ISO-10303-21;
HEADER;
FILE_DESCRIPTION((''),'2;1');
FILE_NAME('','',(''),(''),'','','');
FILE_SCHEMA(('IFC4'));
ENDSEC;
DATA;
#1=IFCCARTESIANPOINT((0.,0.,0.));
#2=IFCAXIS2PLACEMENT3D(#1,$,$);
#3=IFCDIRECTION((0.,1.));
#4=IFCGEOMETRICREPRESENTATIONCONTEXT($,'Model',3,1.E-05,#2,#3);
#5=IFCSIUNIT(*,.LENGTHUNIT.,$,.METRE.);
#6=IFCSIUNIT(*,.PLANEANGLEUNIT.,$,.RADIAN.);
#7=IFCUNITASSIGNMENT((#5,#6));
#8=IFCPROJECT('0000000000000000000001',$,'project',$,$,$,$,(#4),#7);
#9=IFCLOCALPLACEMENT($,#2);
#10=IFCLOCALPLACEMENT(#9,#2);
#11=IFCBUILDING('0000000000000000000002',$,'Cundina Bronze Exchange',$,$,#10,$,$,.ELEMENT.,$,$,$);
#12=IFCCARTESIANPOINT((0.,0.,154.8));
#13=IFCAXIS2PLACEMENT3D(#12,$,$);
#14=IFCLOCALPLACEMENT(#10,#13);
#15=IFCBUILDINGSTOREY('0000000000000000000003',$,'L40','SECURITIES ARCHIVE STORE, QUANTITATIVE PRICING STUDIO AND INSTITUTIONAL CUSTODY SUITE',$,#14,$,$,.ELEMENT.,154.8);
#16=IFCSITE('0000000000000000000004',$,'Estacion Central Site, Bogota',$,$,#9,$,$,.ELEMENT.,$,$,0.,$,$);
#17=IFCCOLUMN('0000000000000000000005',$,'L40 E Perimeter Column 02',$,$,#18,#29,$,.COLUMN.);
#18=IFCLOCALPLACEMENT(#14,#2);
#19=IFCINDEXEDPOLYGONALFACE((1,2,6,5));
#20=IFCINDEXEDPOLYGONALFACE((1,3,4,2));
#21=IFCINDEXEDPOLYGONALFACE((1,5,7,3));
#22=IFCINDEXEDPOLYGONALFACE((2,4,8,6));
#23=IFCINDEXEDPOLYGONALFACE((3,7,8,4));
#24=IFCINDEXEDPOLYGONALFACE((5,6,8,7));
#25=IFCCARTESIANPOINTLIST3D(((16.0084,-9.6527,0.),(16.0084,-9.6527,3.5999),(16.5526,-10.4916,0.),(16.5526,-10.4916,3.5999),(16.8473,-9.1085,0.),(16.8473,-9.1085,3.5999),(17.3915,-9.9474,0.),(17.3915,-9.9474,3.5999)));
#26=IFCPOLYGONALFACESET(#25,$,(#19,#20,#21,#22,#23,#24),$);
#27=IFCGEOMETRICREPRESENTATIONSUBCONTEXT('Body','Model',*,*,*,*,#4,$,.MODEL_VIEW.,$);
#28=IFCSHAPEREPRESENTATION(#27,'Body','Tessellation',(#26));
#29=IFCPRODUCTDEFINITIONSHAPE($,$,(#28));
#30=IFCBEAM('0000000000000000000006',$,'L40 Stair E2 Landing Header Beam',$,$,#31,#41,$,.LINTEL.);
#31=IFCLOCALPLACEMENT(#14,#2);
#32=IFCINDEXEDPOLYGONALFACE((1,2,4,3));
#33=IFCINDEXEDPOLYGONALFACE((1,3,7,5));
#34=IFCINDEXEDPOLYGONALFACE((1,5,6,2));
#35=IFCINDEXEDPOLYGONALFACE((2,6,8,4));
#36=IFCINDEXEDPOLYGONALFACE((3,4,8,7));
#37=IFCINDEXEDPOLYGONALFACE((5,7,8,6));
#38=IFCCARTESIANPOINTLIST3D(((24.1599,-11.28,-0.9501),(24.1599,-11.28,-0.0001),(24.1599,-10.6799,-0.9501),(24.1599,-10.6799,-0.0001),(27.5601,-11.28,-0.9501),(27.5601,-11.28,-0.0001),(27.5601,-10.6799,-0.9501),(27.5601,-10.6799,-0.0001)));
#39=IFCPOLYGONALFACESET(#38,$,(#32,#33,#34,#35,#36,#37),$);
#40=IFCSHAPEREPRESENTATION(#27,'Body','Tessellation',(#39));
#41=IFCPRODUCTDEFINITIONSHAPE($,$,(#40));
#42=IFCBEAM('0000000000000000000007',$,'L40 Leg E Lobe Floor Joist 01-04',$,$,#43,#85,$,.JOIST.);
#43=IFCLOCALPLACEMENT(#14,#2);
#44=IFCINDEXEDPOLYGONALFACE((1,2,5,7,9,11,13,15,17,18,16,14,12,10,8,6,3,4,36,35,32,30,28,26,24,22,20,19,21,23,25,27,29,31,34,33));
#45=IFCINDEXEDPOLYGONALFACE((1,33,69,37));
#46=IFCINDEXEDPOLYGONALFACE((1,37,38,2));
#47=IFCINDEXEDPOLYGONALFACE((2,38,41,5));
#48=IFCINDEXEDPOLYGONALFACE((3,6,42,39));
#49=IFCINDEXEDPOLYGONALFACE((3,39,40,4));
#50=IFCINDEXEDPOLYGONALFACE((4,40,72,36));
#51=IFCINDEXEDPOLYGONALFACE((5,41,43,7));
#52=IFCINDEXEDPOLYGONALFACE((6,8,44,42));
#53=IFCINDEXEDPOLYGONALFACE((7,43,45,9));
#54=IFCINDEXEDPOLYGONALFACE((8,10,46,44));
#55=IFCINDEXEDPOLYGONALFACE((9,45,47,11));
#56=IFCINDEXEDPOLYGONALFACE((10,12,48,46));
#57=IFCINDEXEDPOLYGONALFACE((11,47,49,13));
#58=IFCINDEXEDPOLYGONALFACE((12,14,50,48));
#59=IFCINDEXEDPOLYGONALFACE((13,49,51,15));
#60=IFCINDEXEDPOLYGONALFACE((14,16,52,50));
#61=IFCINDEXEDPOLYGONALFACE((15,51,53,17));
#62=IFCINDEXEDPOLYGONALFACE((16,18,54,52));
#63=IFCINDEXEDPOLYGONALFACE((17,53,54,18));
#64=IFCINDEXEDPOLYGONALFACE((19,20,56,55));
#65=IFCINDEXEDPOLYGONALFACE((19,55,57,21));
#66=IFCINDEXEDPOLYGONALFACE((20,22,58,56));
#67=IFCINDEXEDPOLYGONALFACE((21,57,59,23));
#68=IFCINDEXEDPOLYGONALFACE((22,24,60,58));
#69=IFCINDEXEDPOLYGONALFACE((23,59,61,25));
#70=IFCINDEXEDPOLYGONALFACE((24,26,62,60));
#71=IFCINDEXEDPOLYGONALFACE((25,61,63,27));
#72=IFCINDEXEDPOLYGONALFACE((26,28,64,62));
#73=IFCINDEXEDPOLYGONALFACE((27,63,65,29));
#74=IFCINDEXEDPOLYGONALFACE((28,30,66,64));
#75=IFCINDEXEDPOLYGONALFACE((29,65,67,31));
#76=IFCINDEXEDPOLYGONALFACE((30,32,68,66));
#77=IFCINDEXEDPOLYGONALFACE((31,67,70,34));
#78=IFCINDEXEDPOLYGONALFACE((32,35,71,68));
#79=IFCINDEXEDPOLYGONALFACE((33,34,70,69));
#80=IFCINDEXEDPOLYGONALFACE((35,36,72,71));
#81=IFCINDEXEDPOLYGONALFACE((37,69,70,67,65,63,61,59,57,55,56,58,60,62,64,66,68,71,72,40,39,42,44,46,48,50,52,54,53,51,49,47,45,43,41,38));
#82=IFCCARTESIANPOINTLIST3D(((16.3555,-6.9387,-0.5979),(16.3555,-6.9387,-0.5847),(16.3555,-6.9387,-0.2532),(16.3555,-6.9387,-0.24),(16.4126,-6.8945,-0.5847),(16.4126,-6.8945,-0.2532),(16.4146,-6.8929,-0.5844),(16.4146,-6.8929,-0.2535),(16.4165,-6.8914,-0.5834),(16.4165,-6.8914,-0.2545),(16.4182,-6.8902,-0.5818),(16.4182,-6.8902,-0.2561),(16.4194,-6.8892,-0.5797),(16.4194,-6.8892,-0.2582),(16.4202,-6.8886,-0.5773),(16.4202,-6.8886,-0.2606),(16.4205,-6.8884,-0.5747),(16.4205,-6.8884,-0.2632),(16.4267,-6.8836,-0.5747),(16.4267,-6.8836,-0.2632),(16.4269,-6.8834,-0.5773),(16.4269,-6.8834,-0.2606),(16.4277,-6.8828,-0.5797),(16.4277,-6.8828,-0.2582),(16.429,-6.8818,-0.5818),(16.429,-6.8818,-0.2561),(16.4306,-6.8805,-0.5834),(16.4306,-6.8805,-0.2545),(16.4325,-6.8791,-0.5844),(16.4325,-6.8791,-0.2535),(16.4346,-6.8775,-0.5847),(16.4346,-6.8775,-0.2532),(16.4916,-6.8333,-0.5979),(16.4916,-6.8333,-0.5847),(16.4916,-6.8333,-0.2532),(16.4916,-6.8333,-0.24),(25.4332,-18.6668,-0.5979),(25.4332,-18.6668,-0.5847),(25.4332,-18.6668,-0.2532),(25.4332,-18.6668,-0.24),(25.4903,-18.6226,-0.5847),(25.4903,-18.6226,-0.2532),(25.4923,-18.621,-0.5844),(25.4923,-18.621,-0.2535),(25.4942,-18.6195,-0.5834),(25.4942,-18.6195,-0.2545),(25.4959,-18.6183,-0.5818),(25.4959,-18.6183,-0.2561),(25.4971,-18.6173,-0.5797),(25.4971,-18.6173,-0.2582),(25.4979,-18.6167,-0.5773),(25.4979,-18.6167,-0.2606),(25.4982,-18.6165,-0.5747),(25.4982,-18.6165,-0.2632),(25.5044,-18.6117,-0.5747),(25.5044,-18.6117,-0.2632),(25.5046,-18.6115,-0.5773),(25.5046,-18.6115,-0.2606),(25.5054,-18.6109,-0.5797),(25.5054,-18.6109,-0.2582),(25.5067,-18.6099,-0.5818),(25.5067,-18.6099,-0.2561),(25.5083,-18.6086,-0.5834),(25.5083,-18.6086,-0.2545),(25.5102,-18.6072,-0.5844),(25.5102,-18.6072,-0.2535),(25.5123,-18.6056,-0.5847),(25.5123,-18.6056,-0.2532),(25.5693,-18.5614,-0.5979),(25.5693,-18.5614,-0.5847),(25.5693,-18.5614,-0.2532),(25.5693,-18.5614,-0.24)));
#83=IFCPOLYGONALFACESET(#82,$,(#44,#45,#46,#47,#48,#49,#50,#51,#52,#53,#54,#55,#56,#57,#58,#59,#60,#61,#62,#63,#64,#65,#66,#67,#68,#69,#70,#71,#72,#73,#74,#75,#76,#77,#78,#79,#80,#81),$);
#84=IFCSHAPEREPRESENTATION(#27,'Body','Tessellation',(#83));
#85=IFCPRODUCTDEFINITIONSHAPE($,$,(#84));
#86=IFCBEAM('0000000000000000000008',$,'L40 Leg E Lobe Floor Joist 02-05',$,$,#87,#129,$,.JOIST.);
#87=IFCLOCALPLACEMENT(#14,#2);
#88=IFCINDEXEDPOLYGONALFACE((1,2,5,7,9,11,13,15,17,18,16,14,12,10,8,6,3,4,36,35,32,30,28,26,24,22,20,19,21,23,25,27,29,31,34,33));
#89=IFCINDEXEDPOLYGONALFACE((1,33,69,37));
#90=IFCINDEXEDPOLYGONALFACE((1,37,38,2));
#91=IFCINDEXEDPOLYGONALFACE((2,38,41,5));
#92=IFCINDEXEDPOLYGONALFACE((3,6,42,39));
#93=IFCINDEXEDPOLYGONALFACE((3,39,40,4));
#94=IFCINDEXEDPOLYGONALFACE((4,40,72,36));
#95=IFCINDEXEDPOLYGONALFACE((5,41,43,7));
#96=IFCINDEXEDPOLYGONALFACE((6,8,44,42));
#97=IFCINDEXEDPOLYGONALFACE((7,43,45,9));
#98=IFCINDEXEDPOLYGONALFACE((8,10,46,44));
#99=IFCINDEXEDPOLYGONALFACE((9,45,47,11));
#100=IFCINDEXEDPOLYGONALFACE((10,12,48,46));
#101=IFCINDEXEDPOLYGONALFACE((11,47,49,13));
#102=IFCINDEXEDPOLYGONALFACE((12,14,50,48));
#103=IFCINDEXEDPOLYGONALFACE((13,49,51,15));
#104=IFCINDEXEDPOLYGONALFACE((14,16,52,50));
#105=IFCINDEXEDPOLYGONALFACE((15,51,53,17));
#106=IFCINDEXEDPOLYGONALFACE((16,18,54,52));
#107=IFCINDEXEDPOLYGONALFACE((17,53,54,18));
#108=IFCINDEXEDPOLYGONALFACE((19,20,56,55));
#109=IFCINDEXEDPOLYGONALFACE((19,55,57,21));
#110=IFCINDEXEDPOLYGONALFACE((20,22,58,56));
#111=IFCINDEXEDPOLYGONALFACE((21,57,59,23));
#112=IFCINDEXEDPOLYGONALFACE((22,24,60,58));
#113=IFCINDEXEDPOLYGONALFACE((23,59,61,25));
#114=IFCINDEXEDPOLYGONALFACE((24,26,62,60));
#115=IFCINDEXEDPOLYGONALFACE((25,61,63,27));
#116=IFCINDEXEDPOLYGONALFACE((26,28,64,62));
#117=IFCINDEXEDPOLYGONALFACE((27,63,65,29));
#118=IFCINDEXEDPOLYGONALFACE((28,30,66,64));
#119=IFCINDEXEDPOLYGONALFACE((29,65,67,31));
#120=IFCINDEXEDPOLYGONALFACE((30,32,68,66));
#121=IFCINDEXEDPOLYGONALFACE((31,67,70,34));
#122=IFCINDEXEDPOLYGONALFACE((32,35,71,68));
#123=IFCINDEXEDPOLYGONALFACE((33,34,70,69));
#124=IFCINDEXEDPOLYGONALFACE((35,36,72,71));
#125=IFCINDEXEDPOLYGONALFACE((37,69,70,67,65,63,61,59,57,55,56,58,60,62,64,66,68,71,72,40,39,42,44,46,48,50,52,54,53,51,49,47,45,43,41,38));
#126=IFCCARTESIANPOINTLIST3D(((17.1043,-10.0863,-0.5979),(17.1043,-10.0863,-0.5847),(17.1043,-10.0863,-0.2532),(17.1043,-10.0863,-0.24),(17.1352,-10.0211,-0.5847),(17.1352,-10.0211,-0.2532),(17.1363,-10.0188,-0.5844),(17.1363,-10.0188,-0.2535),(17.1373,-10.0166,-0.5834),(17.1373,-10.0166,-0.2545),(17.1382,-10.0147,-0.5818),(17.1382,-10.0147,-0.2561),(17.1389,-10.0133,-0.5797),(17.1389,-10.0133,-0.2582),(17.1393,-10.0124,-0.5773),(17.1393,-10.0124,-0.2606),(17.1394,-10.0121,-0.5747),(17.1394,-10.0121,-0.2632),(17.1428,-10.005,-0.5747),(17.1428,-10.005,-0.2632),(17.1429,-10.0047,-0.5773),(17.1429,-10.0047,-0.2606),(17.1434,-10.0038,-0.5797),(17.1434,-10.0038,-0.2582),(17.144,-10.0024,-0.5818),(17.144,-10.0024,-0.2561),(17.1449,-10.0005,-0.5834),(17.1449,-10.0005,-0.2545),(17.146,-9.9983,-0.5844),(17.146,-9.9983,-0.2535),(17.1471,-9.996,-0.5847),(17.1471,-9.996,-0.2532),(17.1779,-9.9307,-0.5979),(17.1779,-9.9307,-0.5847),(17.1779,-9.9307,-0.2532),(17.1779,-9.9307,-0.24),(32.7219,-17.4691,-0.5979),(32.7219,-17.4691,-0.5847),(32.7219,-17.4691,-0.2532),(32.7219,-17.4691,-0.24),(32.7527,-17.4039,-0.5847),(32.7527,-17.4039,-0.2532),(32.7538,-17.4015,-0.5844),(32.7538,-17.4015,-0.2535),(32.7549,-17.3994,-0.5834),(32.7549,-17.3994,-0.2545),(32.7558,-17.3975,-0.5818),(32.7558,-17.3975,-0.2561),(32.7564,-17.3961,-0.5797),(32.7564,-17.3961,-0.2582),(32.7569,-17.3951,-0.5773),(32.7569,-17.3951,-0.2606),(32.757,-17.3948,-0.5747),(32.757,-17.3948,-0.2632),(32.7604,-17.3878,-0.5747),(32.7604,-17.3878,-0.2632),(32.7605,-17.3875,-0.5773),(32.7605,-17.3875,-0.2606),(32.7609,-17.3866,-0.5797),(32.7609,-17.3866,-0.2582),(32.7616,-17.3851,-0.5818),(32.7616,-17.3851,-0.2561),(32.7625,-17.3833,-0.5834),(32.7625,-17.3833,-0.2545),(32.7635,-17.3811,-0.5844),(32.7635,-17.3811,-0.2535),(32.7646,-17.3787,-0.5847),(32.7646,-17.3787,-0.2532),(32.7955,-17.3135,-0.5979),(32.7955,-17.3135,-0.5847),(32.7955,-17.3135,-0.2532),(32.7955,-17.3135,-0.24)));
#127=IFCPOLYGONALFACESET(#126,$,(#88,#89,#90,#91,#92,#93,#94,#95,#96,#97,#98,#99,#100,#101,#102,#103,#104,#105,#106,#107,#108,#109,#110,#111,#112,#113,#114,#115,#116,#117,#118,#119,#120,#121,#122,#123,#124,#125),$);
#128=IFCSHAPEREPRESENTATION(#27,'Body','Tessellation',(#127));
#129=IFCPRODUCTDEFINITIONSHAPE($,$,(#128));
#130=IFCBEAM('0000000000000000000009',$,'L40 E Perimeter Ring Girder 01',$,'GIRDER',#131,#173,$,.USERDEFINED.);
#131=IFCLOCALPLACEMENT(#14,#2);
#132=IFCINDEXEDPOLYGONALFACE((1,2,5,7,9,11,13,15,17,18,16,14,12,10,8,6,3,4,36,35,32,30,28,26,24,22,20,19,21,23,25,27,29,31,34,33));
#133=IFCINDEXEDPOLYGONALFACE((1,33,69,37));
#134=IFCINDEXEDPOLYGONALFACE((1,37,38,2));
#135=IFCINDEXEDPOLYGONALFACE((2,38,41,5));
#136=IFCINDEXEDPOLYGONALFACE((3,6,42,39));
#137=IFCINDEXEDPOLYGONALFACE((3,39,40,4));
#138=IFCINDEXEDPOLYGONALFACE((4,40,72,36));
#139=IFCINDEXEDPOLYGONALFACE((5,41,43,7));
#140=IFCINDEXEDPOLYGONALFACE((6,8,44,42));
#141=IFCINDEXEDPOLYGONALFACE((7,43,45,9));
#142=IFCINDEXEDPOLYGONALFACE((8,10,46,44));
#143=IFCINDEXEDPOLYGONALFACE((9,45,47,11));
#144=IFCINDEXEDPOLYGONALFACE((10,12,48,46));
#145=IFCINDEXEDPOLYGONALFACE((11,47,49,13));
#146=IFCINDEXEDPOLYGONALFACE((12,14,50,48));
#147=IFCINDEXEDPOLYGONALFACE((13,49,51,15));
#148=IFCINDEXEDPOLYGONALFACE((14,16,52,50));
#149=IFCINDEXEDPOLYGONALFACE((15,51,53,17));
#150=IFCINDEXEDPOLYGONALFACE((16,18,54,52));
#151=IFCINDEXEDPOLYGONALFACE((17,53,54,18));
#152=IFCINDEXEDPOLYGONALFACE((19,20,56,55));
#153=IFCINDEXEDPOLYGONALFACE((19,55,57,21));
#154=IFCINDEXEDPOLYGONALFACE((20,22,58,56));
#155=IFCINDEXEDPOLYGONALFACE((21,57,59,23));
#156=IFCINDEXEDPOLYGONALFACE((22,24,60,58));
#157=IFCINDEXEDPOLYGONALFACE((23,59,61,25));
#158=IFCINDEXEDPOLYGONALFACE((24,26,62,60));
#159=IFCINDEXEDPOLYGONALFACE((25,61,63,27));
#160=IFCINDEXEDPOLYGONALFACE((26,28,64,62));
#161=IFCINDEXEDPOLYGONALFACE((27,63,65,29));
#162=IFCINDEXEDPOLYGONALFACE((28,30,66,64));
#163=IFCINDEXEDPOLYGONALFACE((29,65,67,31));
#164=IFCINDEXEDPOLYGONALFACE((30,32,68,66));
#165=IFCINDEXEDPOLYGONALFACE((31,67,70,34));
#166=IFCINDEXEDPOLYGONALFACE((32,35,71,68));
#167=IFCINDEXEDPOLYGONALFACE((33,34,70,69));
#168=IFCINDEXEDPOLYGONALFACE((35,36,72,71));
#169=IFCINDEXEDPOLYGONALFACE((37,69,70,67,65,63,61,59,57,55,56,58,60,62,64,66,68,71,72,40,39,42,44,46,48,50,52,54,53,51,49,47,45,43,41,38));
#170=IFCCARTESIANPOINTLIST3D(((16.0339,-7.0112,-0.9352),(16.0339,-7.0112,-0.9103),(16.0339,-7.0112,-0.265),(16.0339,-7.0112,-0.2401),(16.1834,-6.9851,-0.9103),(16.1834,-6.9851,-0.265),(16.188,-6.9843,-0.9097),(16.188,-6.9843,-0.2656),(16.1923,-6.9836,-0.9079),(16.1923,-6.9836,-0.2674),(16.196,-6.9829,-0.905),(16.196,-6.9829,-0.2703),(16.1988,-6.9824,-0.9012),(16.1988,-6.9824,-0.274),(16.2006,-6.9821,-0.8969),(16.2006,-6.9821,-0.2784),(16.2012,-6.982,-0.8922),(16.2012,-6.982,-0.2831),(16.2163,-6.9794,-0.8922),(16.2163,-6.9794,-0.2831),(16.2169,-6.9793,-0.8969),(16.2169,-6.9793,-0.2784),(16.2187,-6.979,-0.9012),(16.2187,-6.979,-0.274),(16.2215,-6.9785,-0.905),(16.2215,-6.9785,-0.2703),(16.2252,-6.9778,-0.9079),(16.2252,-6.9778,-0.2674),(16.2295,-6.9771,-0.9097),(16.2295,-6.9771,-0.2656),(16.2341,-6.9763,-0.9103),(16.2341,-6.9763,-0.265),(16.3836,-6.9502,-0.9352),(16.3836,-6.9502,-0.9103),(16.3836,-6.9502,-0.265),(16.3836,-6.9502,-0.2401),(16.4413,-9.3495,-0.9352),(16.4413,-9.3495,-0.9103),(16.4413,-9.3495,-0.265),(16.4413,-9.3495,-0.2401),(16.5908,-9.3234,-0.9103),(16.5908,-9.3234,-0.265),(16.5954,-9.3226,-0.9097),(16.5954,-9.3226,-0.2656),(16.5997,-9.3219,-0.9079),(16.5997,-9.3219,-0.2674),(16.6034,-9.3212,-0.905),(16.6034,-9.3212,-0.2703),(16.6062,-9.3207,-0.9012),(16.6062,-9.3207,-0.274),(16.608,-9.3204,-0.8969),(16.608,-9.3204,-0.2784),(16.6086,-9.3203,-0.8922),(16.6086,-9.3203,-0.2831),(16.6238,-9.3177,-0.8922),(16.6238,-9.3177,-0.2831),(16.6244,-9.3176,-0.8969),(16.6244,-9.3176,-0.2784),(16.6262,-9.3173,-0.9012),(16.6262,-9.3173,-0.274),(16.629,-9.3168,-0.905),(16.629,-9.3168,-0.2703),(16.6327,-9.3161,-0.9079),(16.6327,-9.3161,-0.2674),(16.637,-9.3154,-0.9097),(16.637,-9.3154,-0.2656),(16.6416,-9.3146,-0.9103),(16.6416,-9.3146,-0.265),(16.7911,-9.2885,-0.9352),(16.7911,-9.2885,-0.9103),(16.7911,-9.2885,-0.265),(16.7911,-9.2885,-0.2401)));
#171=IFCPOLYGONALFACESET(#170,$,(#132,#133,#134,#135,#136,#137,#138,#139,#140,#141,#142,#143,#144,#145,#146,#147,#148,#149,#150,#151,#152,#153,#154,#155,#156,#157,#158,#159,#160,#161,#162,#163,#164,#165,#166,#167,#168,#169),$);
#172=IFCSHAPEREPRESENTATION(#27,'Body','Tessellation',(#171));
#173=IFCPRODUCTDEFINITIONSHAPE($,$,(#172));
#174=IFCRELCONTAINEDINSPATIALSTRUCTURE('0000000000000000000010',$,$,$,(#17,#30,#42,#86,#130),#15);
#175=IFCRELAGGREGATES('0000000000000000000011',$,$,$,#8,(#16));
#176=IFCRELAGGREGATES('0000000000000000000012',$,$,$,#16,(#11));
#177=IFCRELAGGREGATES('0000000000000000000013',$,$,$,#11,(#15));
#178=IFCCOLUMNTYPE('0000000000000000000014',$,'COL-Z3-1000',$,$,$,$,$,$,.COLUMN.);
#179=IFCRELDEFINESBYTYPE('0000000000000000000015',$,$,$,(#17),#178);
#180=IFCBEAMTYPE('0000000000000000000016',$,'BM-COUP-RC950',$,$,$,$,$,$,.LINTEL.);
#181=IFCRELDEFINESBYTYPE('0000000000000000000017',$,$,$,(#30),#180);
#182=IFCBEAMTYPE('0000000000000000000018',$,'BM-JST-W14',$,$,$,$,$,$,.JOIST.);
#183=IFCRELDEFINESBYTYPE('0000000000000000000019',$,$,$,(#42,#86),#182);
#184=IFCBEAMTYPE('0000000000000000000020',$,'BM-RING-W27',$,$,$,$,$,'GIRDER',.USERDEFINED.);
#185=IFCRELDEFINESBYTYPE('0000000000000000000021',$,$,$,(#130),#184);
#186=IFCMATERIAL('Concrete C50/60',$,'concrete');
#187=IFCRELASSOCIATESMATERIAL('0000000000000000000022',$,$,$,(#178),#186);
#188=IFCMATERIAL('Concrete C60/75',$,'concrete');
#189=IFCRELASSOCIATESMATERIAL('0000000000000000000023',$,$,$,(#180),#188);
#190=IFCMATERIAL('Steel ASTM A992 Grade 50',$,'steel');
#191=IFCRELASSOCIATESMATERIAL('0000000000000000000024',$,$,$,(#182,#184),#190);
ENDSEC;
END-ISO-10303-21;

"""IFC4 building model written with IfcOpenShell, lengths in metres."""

from ifc_helpers import new_model, si_unit, direction, frame, origin, origin_2d, place, context, subcontext, project, spatial, rectangle, i_section, extrude, material, material_profile, profile_set, type_object, element, save


model = new_model("IFC4")

# Units and contexts
model_context = context("Model", 3, precision=1e-05, world=origin(), true_north=direction((0.0, 1.0)))
body_context = subcontext(model_context, "Body", "Model", "MODEL_VIEW")
ifc_project = project(units=[si_unit("LENGTHUNIT", "METRE"), si_unit("PLANEANGLEUNIT", "RADIAN")], contexts=[model_context])

# Site, building, storey
site_placement = place(None, origin())
site = spatial("IfcSite", under=ifc_project, at=site_placement, Name="Estacion Central Site, Bogota", CompositionType="ELEMENT", RefElevation=0.0)
building_placement = place(site_placement, origin())
building = spatial("IfcBuilding", under=site, at=building_placement, Name="Cundina Bronze Exchange", CompositionType="ELEMENT")
storey_placement = place(building_placement, frame((0.0, 0.0, 154.8)))
storey = spatial("IfcBuildingStorey", under=building, at=storey_placement, Name="L40", Description="SECURITIES ARCHIVE STORE, QUANTITATIVE PRICING STUDIO AND INSTITUTIONAL CUSTODY SUITE", CompositionType="ELEMENT", Elevation=154.8)

# Column
ifc_material_1 = material(Name="Concrete C50/60", Category="concrete")
ifc_material_profile_1 = material_profile(ifc_material_1, rectangle(XDim=1.0, YDim=1.0, at=origin_2d()), Name="RC1000X1000", Category="concrete")
ifc_profile_set_1 = profile_set([ifc_material_profile_1], Name="Concrete C50/60")
column_type = type_object("IfcColumnType", Name="COL-Z3-1000", PredefinedType="COLUMN", material=ifc_profile_set_1)
column_placement = place(storey_placement, frame((16.7, -9.8, 0.0), z_axis=(0.0, 0.0, 1.0), x_axis=(0.5442, -0.838956, 0.0)))
element("IfcColumn", 1, at=column_placement, inside=storey, type_object=column_type, Name="L40 E Perimeter Column 02", PredefinedType="COLUMN", context=body_context, shape_type="SweptSolid", body=[
    extrude(rectangle(XDim=1.0, YDim=1.0, at=origin_2d()), origin(), (0.0, 0.0, 1.0), 3.5999),
])

# Beams
ifc_material_2 = material(Name="Concrete C60/75", Category="concrete")
ifc_material_profile_2 = material_profile(ifc_material_2, rectangle(XDim=0.6001, YDim=0.95, at=origin_2d()), Name="RC600X950", Category="concrete")
ifc_profile_set_2 = profile_set([ifc_material_profile_2], Name="Concrete C60/75")
beam_type_1 = type_object("IfcBeamType", Name="BM-COUP-RC950", PredefinedType="LINTEL", material=ifc_profile_set_2)
beam_1_placement = place(storey_placement, frame((24.1599, -10.98, -0.4751), z_axis=(1.0, 0.0, 0.0), x_axis=(0.0, 1.0, 0.0)))
element("IfcBeam", 2, at=beam_1_placement, inside=storey, type_object=beam_type_1, Name="L40 Stair E2 Landing Header Beam", PredefinedType="LINTEL", context=body_context, shape_type="SweptSolid", body=[
    extrude(rectangle(XDim=0.6001, YDim=0.95, at=origin_2d()), origin(), (0.0, 0.0, 1.0), 3.4001),
])
ifc_material_3 = material(Name="Steel ASTM A992 Grade 50", Category="steel")
ifc_material_profile_3 = material_profile(ifc_material_3, i_section(OverallWidth=0.1721, OverallDepth=0.3579, WebThickness=0.0078, FlangeThickness=0.0132, FilletRadius=0.01, at=origin_2d()), Name="W14X38", Category="steel")
ifc_profile_set_3 = profile_set([ifc_material_profile_3], Name="Steel ASTM A992 Grade 50")
beam_type_2 = type_object("IfcBeamType", Name="BM-JST-W14", PredefinedType="JOIST", material=ifc_profile_set_3)
beam_2_placement = place(storey_placement, frame((16.4236, -6.886, -0.4189), z_axis=(0.612084, -0.790793, 0.0), x_axis=(0.790793, 0.612084, 0.0)))
element("IfcBeam", 3, at=beam_2_placement, inside=storey, type_object=beam_type_2, Name="L40 Leg E Lobe Floor Joist 01-04", PredefinedType="JOIST", context=body_context, shape_type="SweptSolid", body=[
    extrude(i_section(OverallWidth=0.1721, OverallDepth=0.3579, WebThickness=0.0078, FlangeThickness=0.0132, FilletRadius=0.01, at=origin_2d()), origin(), (0.0, 0.0, 1.0), 14.8308),
])
beam_3_placement = place(storey_placement, frame((17.1411, -10.0085, -0.4189), z_axis=(0.904074, -0.427375, 0.0), x_axis=(0.427375, 0.904074, 0.0)))
element("IfcBeam", 4, at=beam_3_placement, inside=storey, type_object=beam_type_2, Name="L40 Leg E Lobe Floor Joist 02-05", PredefinedType="JOIST", context=body_context, shape_type="SweptSolid", body=[
    extrude(i_section(OverallWidth=0.1721, OverallDepth=0.3579, WebThickness=0.0078, FlangeThickness=0.0132, FilletRadius=0.01, at=origin_2d()), origin(), (0.0, 0.0, 1.0), 17.2747),
])
ifc_material_profile_4 = material_profile(ifc_material_3, i_section(OverallWidth=0.355, OverallDepth=0.6951, WebThickness=0.0154, FlangeThickness=0.0249, FilletRadius=0.0181, at=origin_2d()), Name="W27X146", Category="steel")
ifc_profile_set_4 = profile_set([ifc_material_profile_4], Name="Steel ASTM A992 Grade 50")
beam_type_3 = type_object("IfcBeamType", Name="BM-RING-W27", ElementType="GIRDER", PredefinedType="USERDEFINED", material=ifc_profile_set_4)
beam_4_placement = place(storey_placement, frame((16.2087, -6.9807, -0.5876), z_axis=(0.171667, -0.985155, 0.0), x_axis=(0.985155, 0.171667, 0.0)))
element("IfcBeam", 5, at=beam_4_placement, inside=storey, type_object=beam_type_3, Name="L40 E Perimeter Ring Girder 01", ObjectType="GIRDER", PredefinedType="USERDEFINED", context=body_context, shape_type="SweptSolid", body=[
    extrude(i_section(OverallWidth=0.355, OverallDepth=0.6951, WebThickness=0.0154, FlangeThickness=0.0249, FilletRadius=0.0181, at=origin_2d()), origin(), (0.0, 0.0, 1.0), 2.3735),
])

save(model, "model.ifc")
